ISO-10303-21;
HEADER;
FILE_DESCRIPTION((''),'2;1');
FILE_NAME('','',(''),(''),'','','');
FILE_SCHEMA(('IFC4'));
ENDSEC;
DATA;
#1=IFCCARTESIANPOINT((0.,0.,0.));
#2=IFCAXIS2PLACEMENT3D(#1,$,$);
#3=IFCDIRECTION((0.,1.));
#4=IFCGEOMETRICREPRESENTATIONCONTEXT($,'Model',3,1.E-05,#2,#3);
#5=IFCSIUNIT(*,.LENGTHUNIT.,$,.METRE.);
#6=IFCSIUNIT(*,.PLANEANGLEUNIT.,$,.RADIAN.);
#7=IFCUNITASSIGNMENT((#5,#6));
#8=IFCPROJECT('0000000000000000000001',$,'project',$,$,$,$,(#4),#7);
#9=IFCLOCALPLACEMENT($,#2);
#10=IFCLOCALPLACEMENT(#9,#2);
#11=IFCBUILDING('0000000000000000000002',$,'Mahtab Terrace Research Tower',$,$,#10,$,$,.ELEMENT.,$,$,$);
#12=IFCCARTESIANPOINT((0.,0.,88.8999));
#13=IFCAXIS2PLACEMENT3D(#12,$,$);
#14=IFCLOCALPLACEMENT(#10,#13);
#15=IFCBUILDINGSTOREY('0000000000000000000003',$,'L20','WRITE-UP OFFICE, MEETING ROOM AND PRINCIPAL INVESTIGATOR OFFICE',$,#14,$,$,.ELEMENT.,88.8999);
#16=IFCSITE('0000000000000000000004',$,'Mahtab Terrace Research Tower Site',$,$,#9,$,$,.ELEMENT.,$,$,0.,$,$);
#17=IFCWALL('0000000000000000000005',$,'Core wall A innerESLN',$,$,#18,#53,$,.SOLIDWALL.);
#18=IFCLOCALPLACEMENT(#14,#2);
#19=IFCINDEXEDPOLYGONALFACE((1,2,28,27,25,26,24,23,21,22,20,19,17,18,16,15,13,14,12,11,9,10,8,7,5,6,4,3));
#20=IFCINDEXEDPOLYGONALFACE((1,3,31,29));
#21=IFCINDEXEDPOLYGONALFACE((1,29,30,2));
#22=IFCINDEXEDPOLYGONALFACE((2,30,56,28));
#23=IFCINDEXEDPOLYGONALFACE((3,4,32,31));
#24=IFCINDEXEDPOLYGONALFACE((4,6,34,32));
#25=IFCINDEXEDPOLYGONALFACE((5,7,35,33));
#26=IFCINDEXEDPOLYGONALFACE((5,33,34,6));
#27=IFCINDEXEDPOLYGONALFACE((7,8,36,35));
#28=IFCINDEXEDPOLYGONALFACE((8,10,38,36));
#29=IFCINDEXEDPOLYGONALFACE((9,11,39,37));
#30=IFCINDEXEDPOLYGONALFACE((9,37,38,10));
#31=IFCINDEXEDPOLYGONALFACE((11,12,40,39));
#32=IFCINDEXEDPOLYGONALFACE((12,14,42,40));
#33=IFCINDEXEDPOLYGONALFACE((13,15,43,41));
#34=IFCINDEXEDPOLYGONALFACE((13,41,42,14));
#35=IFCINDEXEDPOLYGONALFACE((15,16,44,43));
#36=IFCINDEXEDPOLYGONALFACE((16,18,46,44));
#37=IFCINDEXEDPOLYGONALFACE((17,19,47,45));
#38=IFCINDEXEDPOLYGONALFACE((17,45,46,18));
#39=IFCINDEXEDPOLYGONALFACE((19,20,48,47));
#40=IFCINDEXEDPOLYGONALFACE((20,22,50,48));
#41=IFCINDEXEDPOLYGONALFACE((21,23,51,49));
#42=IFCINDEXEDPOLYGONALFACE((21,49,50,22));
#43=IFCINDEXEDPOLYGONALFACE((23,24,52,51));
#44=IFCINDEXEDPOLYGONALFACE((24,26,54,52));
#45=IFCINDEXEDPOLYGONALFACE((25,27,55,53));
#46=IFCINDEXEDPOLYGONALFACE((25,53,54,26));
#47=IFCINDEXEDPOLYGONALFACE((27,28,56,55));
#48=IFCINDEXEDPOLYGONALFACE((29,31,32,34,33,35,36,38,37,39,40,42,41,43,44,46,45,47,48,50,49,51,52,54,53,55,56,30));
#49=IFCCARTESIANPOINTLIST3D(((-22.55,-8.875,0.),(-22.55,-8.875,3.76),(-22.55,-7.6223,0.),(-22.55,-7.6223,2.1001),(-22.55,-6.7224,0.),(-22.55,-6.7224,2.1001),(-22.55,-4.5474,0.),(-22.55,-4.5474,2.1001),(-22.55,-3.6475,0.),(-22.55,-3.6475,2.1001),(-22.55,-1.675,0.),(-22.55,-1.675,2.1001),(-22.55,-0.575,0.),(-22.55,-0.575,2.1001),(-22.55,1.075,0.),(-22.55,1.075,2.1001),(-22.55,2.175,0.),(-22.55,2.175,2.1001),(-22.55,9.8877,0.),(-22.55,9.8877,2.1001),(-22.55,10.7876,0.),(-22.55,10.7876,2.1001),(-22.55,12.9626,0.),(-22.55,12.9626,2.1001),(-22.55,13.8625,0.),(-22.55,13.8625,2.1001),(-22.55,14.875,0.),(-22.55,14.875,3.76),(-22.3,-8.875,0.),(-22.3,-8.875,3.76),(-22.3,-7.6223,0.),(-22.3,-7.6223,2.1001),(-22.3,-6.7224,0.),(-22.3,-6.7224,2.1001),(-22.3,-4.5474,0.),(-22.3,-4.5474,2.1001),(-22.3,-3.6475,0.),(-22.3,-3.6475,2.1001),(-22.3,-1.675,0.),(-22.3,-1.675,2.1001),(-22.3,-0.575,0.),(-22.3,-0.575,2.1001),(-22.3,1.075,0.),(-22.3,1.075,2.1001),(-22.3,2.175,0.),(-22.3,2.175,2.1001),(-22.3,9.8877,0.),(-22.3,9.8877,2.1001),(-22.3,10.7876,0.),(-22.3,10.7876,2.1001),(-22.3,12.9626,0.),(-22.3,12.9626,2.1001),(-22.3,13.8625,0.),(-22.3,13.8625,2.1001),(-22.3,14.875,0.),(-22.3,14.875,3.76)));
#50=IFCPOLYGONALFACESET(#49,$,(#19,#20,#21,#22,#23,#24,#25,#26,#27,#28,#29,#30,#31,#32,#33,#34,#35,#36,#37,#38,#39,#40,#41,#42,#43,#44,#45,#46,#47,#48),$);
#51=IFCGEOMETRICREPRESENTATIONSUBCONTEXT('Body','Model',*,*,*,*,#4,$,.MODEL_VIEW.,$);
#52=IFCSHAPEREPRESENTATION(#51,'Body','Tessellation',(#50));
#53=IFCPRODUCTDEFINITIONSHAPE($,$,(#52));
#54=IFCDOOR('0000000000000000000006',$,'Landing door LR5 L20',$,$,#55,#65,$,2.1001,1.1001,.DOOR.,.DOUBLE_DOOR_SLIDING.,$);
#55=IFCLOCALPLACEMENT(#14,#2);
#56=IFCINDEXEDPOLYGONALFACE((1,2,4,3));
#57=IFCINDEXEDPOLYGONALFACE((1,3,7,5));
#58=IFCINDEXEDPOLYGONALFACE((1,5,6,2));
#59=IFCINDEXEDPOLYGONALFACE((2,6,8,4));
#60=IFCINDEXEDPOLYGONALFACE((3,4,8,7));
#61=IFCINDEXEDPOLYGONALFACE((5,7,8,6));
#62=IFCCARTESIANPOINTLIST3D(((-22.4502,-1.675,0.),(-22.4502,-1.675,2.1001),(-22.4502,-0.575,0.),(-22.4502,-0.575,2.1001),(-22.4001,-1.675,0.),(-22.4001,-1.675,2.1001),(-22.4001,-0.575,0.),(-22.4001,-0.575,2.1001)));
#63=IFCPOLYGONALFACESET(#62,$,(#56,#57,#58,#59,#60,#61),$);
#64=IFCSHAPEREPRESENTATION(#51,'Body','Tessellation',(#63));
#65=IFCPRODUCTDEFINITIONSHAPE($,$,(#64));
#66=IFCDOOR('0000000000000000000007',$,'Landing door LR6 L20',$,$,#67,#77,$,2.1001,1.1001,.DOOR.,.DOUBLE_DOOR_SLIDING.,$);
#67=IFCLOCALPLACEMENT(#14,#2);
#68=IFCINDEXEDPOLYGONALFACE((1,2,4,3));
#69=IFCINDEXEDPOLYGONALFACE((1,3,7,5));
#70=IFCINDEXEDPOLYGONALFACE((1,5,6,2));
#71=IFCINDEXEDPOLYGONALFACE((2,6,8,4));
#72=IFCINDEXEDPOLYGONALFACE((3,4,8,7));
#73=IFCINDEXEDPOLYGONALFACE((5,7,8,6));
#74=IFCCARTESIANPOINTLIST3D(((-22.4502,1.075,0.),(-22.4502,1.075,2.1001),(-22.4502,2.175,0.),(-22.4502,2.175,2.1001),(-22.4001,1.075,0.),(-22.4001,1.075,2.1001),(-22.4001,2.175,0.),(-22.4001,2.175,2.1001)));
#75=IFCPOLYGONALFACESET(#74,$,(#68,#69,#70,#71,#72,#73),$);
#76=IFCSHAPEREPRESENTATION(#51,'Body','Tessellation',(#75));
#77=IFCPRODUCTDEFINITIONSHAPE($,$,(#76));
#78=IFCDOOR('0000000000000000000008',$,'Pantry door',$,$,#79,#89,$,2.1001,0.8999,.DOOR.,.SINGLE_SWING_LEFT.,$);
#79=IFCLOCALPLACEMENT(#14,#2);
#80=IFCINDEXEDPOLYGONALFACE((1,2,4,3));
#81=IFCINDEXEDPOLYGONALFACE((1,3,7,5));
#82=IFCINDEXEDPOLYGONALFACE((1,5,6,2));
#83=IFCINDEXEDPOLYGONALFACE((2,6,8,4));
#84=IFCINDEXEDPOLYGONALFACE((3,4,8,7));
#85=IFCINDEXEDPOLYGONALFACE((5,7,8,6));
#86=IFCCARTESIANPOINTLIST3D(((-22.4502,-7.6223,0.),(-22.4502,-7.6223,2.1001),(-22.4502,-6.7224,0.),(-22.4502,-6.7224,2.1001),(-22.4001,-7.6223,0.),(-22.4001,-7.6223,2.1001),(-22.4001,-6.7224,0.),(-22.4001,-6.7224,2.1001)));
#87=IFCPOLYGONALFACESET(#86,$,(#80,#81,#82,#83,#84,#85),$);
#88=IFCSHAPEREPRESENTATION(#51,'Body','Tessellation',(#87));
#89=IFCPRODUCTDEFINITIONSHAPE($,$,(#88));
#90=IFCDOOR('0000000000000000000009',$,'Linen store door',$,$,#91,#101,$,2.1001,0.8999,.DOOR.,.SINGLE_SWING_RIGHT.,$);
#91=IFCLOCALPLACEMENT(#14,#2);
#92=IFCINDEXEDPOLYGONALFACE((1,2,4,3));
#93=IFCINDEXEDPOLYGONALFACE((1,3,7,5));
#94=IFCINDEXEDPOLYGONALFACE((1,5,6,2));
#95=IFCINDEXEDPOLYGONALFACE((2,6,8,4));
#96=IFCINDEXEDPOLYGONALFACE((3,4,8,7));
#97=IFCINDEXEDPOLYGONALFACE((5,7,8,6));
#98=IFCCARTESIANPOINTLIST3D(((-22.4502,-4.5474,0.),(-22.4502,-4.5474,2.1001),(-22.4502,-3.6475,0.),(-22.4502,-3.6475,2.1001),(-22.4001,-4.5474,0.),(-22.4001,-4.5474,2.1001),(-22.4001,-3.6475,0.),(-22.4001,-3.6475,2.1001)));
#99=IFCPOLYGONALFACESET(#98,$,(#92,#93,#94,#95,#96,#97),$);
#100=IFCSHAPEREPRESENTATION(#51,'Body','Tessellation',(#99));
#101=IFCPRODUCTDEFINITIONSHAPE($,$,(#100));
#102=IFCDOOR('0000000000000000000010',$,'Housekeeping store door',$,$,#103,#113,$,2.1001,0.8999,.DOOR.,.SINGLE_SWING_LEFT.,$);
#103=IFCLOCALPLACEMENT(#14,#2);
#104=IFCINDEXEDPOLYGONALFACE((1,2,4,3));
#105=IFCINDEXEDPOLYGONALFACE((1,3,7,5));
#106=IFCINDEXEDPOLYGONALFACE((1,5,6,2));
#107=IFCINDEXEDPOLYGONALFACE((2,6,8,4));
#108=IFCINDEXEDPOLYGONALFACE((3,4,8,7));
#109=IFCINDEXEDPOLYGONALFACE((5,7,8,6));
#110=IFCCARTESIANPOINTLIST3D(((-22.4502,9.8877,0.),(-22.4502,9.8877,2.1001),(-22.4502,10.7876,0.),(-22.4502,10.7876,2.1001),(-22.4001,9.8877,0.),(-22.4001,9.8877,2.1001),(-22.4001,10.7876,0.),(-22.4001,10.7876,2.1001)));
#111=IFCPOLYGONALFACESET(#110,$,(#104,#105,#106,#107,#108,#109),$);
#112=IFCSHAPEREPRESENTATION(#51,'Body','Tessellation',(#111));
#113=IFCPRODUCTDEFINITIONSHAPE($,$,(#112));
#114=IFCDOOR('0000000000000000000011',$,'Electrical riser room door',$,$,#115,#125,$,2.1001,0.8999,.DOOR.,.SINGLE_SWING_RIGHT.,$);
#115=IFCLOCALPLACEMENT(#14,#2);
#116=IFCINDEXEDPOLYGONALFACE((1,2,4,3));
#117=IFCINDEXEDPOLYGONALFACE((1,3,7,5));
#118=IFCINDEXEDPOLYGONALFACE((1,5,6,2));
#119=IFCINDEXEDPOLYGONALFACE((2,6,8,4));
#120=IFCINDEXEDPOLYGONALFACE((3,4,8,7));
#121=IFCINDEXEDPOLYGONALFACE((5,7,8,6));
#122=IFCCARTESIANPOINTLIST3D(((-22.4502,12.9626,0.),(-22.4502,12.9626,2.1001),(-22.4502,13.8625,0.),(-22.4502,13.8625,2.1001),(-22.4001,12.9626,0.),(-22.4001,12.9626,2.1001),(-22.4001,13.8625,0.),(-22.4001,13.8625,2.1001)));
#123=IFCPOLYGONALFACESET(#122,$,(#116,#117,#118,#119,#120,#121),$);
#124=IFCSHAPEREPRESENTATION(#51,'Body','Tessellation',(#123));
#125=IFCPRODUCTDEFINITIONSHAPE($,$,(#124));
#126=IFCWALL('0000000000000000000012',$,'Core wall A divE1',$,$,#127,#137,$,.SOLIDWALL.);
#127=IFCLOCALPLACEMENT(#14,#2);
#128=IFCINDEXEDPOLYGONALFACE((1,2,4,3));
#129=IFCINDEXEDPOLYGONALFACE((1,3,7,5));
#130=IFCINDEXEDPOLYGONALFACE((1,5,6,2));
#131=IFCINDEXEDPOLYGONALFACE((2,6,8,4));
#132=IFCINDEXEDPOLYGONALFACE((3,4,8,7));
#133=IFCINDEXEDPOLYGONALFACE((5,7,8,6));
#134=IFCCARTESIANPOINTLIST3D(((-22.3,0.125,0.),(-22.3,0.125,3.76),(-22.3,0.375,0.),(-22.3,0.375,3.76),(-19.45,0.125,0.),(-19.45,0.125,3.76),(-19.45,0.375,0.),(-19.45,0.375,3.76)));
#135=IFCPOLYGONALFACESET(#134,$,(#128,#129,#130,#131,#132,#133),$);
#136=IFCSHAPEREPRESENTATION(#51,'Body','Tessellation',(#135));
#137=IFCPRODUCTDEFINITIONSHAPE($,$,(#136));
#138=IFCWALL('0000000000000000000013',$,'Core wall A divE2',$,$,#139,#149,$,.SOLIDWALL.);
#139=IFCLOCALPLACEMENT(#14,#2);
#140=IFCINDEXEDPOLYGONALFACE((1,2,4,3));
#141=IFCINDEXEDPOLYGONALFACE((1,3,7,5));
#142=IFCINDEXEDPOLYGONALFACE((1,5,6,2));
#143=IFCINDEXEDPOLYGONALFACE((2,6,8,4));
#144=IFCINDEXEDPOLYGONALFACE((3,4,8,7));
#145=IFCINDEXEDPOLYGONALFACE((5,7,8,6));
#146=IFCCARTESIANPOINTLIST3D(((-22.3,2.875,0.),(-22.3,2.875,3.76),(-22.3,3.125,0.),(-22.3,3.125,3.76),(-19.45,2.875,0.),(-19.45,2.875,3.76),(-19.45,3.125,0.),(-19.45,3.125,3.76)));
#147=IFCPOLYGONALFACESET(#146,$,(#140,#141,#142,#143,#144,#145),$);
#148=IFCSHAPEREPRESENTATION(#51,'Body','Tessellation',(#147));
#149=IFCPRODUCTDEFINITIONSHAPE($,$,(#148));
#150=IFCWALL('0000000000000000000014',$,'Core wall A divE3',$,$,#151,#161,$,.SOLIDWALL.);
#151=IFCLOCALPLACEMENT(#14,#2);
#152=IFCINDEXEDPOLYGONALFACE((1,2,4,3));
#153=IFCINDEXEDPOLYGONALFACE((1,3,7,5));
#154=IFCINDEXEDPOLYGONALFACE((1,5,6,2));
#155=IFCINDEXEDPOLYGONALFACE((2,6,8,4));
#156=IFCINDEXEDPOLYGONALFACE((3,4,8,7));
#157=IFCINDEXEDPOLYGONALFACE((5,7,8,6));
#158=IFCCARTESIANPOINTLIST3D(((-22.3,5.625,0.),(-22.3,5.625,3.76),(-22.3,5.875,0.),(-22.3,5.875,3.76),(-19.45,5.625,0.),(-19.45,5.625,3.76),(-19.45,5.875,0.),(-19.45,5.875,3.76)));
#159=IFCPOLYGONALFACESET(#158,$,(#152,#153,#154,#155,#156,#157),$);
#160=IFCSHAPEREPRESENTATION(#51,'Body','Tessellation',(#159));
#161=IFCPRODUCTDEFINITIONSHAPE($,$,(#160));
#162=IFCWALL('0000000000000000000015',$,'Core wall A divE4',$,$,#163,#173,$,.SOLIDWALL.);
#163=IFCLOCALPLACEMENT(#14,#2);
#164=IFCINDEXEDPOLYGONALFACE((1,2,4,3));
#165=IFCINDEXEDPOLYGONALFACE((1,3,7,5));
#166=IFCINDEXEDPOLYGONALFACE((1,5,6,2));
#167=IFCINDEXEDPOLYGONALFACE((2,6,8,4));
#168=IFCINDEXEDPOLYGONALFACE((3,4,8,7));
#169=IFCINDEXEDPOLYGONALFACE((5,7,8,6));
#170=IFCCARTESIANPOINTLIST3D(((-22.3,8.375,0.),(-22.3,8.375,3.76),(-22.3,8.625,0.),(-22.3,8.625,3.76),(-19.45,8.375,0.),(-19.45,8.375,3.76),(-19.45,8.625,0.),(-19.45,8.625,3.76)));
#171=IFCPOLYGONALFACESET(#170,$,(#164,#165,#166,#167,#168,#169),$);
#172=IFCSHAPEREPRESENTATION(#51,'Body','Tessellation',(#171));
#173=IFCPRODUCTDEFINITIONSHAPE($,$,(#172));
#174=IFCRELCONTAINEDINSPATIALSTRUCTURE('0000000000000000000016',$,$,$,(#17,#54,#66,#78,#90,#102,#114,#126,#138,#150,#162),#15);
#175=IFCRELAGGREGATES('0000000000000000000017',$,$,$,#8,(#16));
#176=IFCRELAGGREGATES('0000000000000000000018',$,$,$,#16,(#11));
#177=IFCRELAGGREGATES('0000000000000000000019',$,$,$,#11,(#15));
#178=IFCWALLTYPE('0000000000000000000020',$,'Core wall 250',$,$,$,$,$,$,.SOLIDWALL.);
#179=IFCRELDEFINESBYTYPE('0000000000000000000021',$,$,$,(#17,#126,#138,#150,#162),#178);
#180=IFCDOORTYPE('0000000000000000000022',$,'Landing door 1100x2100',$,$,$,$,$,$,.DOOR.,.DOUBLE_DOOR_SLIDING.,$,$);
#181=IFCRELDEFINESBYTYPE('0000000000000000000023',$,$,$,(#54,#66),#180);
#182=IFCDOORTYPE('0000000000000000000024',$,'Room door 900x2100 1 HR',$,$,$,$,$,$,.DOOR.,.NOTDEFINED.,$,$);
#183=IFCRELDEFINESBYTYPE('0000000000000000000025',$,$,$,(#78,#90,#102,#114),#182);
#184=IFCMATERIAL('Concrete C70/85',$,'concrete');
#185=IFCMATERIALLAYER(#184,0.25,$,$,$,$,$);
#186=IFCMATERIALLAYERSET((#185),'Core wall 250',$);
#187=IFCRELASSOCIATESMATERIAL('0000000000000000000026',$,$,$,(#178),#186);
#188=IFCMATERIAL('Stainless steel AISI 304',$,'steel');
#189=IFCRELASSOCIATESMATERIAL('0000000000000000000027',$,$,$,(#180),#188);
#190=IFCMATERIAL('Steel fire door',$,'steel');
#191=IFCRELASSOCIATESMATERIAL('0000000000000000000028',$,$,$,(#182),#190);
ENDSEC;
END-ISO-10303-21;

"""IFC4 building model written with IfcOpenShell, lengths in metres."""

from ifc_helpers import new_model, si_unit, direction, frame, frame_2d, origin, place, context, subcontext, project, spatial, rectangle, extrude, material, layer, layer_set, type_object, element, fill, save


model = new_model("IFC4")

# Units and contexts
model_context = context("Model", 3, precision=1e-05, world=origin(), true_north=direction((0.0, 1.0)))
body_context = subcontext(model_context, "Body", "Model", "MODEL_VIEW")
ifc_project = project(units=[si_unit("LENGTHUNIT", "METRE"), si_unit("PLANEANGLEUNIT", "RADIAN")], contexts=[model_context])

# Site, building, storey
site_placement = place(None, origin())
site = spatial("IfcSite", under=ifc_project, at=site_placement, Name="Mahtab Terrace Research Tower Site", CompositionType="ELEMENT", RefElevation=0.0)
building_placement = place(site_placement, origin())
building = spatial("IfcBuilding", under=site, at=building_placement, Name="Mahtab Terrace Research Tower", CompositionType="ELEMENT")
storey_placement = place(building_placement, frame((0.0, 0.0, 88.8999)))
storey = spatial("IfcBuildingStorey", under=building, at=storey_placement, Name="L20", Description="WRITE-UP OFFICE, MEETING ROOM AND PRINCIPAL INVESTIGATOR OFFICE", CompositionType="ELEMENT", Elevation=88.8999)

# Shared definitions
ifc_material_1 = material(Name="Concrete C70/85", Category="concrete")

# Shared definitions
ifc_layer_1 = layer(ifc_material_1, 0.25)
ifc_layer_set_1 = layer_set([ifc_layer_1], Name="Core wall 250")
wall_type_1 = type_object("IfcWallType", Name="Core wall 250", PredefinedType="SOLIDWALL", material=ifc_layer_set_1)
ifc_material_2 = material(Name="Steel fire door", Category="steel")

# Wall, openings, doors
wall_1_placement = place(storey_placement, frame((-22.425, 14.875, 0.0), z_axis=(0.0, 0.0, 1.0), x_axis=(0.0, -1.0, 0.0)))
wall_1 = element("IfcWall", 1, at=wall_1_placement, inside=storey, type_object=wall_type_1, Name="Core wall A innerESLN", PredefinedType="SOLIDWALL", context=body_context, shape_type="SweptSolid", body=[
    extrude(rectangle(XDim=23.75, YDim=0.25, at=frame_2d((11.875, 0.0))), origin(), (0.0, 0.0, 1.0), 3.76),
])
opening_1_placement = place(wall_1_placement, frame((15.45, 0.0, 0.0)))
opening_1 = element("IfcOpeningElement", 2, at=opening_1_placement, cuts=wall_1, PredefinedType="OPENING", context=body_context, shape_type="SweptSolid", body=[
    extrude(rectangle(XDim=1.1001, YDim=2.1001, at=frame_2d((0.55, 1.05))), frame((0.0, 0.135, 0.0), z_axis=(0.0, -1.0, 0.0), x_axis=(1.0, 0.0, 0.0)), (0.0, 0.0, 1.0), 0.27),
])
opening_2_placement = place(wall_1_placement, frame((12.7, 0.0, 0.0)))
opening_2 = element("IfcOpeningElement", 3, at=opening_2_placement, cuts=wall_1, PredefinedType="OPENING", context=body_context, shape_type="SweptSolid", body=[
    extrude(rectangle(XDim=1.1001, YDim=2.1001, at=frame_2d((0.55, 1.05))), frame((0.0, 0.135, 0.0), z_axis=(0.0, -1.0, 0.0), x_axis=(1.0, 0.0, 0.0)), (0.0, 0.0, 1.0), 0.27),
])
opening_3_placement = place(wall_1_placement, frame((21.5974, 0.0, 0.0)))
opening_3 = element("IfcOpeningElement", 4, at=opening_3_placement, cuts=wall_1, PredefinedType="OPENING", context=body_context, shape_type="SweptSolid", body=[
    extrude(rectangle(XDim=0.8999, YDim=2.1001, at=frame_2d((0.45, 1.05))), frame((0.0, 0.135, 0.0), z_axis=(0.0, -1.0, 0.0), x_axis=(1.0, 0.0, 0.0)), (0.0, 0.0, 1.0), 0.27),
])
opening_4_placement = place(wall_1_placement, frame((18.5225, 0.0, 0.0)))
opening_4 = element("IfcOpeningElement", 5, at=opening_4_placement, cuts=wall_1, PredefinedType="OPENING", context=body_context, shape_type="SweptSolid", body=[
    extrude(rectangle(XDim=0.8999, YDim=2.1001, at=frame_2d((0.45, 1.05))), frame((0.0, 0.135, 0.0), z_axis=(0.0, -1.0, 0.0), x_axis=(1.0, 0.0, 0.0)), (0.0, 0.0, 1.0), 0.27),
])
opening_5_placement = place(wall_1_placement, frame((4.0874, 0.0, 0.0)))
opening_5 = element("IfcOpeningElement", 6, at=opening_5_placement, cuts=wall_1, PredefinedType="OPENING", context=body_context, shape_type="SweptSolid", body=[
    extrude(rectangle(XDim=0.8999, YDim=2.1001, at=frame_2d((0.45, 1.05))), frame((0.0, 0.135, 0.0), z_axis=(0.0, -1.0, 0.0), x_axis=(1.0, 0.0, 0.0)), (0.0, 0.0, 1.0), 0.27),
])
opening_6_placement = place(wall_1_placement, frame((1.0125, 0.0, 0.0)))
opening_6 = element("IfcOpeningElement", 7, at=opening_6_placement, cuts=wall_1, PredefinedType="OPENING", context=body_context, shape_type="SweptSolid", body=[
    extrude(rectangle(XDim=0.8999, YDim=2.1001, at=frame_2d((0.45, 1.05))), frame((0.0, 0.135, 0.0), z_axis=(0.0, -1.0, 0.0), x_axis=(1.0, 0.0, 0.0)), (0.0, 0.0, 1.0), 0.27),
])
ifc_material_3 = material(Name="Stainless steel AISI 304", Category="steel")
door_type_1 = type_object("IfcDoorType", Name="Landing door 1100x2100", OperationType="DOUBLE_DOOR_SLIDING", PredefinedType="DOOR", material=ifc_material_3)
door_1_placement = place(opening_1_placement, origin())
door_1 = element("IfcDoor", 8, at=door_1_placement, inside=storey, type_object=door_type_1, Name="Landing door LR5 L20", OperationType="DOUBLE_DOOR_SLIDING", OverallHeight=2.1001, OverallWidth=1.1001, PredefinedType="DOOR", context=body_context, shape_type="SweptSolid", body=[
    extrude(rectangle(XDim=1.1001, YDim=2.1001, at=frame_2d((0.55, 1.05))), frame((0.0, 0.0249, 0.0), z_axis=(0.0, -1.0, 0.0), x_axis=(1.0, 0.0, 0.0)), (0.0, 0.0, 1.0), 0.05),
])
fill(opening_1, door_1)
door_2_placement = place(opening_2_placement, origin())
door_2 = element("IfcDoor", 9, at=door_2_placement, inside=storey, type_object=door_type_1, Name="Landing door LR6 L20", OperationType="DOUBLE_DOOR_SLIDING", OverallHeight=2.1001, OverallWidth=1.1001, PredefinedType="DOOR", context=body_context, shape_type="SweptSolid", body=[
    extrude(rectangle(XDim=1.1001, YDim=2.1001, at=frame_2d((0.55, 1.05))), frame((0.0, 0.0249, 0.0), z_axis=(0.0, -1.0, 0.0), x_axis=(1.0, 0.0, 0.0)), (0.0, 0.0, 1.0), 0.05),
])
fill(opening_2, door_2)
door_type_2 = type_object("IfcDoorType", Name="Room door 900x2100 1 HR", OperationType="NOTDEFINED", PredefinedType="DOOR", material=ifc_material_2)
door_3_placement = place(opening_3_placement, origin())
door_3 = element("IfcDoor", 10, at=door_3_placement, inside=storey, type_object=door_type_2, Name="Pantry door", OperationType="SINGLE_SWING_LEFT", OverallHeight=2.1001, OverallWidth=0.8999, PredefinedType="DOOR", context=body_context, shape_type="SweptSolid", body=[
    extrude(rectangle(XDim=0.8999, YDim=2.1001, at=frame_2d((0.45, 1.05))), frame((0.0, 0.0249, 0.0), z_axis=(0.0, -1.0, 0.0), x_axis=(1.0, 0.0, 0.0)), (0.0, 0.0, 1.0), 0.05),
])
fill(opening_3, door_3)
door_4_placement = place(opening_4_placement, origin())
door_4 = element("IfcDoor", 11, at=door_4_placement, inside=storey, type_object=door_type_2, Name="Linen store door", OperationType="SINGLE_SWING_RIGHT", OverallHeight=2.1001, OverallWidth=0.8999, PredefinedType="DOOR", context=body_context, shape_type="SweptSolid", body=[
    extrude(rectangle(XDim=0.8999, YDim=2.1001, at=frame_2d((0.45, 1.05))), frame((0.0, 0.0249, 0.0), z_axis=(0.0, -1.0, 0.0), x_axis=(1.0, 0.0, 0.0)), (0.0, 0.0, 1.0), 0.05),
])
fill(opening_4, door_4)
door_5_placement = place(opening_5_placement, origin())
door_5 = element("IfcDoor", 12, at=door_5_placement, inside=storey, type_object=door_type_2, Name="Housekeeping store door", OperationType="SINGLE_SWING_LEFT", OverallHeight=2.1001, OverallWidth=0.8999, PredefinedType="DOOR", context=body_context, shape_type="SweptSolid", body=[
    extrude(rectangle(XDim=0.8999, YDim=2.1001, at=frame_2d((0.45, 1.05))), frame((0.0, 0.0249, 0.0), z_axis=(0.0, -1.0, 0.0), x_axis=(1.0, 0.0, 0.0)), (0.0, 0.0, 1.0), 0.05),
])
fill(opening_5, door_5)
door_6_placement = place(opening_6_placement, origin())
door_6 = element("IfcDoor", 13, at=door_6_placement, inside=storey, type_object=door_type_2, Name="Electrical riser room door", OperationType="SINGLE_SWING_RIGHT", OverallHeight=2.1001, OverallWidth=0.8999, PredefinedType="DOOR", context=body_context, shape_type="SweptSolid", body=[
    extrude(rectangle(XDim=0.8999, YDim=2.1001, at=frame_2d((0.45, 1.05))), frame((0.0, 0.0249, 0.0), z_axis=(0.0, -1.0, 0.0), x_axis=(1.0, 0.0, 0.0)), (0.0, 0.0, 1.0), 0.05),
])
fill(opening_6, door_6)

# Walls
for number, where, z_axis, x_axis, name in (
    (14, (-22.3, 0.25, 0.0), (0.0, 0.0, 1.0), (1.0, 0.0, 0.0), "Core wall A divE1"),
    (15, (-22.3, 3.0, 0.0), (0.0, 0.0, 1.0), (1.0, 0.0, 0.0), "Core wall A divE2"),
    (16, (-22.3, 5.75, 0.0), (0.0, 0.0, 1.0), (1.0, 0.0, 0.0), "Core wall A divE3"),
    (17, (-22.3, 8.5, 0.0), (0.0, 0.0, 1.0), (1.0, 0.0, 0.0), "Core wall A divE4"),
):
    element("IfcWall", number, at=place(storey_placement, frame(where, z_axis=z_axis, x_axis=x_axis)), inside=storey, type_object=wall_type_1, Name=name, PredefinedType="SOLIDWALL", context=body_context, shape_type="SweptSolid", body=[
        extrude(rectangle(XDim=2.8501, YDim=0.25, at=frame_2d((1.425, 0.0))), origin(), (0.0, 0.0, 1.0), 3.76),
    ])

save(model, "model.ifc")
